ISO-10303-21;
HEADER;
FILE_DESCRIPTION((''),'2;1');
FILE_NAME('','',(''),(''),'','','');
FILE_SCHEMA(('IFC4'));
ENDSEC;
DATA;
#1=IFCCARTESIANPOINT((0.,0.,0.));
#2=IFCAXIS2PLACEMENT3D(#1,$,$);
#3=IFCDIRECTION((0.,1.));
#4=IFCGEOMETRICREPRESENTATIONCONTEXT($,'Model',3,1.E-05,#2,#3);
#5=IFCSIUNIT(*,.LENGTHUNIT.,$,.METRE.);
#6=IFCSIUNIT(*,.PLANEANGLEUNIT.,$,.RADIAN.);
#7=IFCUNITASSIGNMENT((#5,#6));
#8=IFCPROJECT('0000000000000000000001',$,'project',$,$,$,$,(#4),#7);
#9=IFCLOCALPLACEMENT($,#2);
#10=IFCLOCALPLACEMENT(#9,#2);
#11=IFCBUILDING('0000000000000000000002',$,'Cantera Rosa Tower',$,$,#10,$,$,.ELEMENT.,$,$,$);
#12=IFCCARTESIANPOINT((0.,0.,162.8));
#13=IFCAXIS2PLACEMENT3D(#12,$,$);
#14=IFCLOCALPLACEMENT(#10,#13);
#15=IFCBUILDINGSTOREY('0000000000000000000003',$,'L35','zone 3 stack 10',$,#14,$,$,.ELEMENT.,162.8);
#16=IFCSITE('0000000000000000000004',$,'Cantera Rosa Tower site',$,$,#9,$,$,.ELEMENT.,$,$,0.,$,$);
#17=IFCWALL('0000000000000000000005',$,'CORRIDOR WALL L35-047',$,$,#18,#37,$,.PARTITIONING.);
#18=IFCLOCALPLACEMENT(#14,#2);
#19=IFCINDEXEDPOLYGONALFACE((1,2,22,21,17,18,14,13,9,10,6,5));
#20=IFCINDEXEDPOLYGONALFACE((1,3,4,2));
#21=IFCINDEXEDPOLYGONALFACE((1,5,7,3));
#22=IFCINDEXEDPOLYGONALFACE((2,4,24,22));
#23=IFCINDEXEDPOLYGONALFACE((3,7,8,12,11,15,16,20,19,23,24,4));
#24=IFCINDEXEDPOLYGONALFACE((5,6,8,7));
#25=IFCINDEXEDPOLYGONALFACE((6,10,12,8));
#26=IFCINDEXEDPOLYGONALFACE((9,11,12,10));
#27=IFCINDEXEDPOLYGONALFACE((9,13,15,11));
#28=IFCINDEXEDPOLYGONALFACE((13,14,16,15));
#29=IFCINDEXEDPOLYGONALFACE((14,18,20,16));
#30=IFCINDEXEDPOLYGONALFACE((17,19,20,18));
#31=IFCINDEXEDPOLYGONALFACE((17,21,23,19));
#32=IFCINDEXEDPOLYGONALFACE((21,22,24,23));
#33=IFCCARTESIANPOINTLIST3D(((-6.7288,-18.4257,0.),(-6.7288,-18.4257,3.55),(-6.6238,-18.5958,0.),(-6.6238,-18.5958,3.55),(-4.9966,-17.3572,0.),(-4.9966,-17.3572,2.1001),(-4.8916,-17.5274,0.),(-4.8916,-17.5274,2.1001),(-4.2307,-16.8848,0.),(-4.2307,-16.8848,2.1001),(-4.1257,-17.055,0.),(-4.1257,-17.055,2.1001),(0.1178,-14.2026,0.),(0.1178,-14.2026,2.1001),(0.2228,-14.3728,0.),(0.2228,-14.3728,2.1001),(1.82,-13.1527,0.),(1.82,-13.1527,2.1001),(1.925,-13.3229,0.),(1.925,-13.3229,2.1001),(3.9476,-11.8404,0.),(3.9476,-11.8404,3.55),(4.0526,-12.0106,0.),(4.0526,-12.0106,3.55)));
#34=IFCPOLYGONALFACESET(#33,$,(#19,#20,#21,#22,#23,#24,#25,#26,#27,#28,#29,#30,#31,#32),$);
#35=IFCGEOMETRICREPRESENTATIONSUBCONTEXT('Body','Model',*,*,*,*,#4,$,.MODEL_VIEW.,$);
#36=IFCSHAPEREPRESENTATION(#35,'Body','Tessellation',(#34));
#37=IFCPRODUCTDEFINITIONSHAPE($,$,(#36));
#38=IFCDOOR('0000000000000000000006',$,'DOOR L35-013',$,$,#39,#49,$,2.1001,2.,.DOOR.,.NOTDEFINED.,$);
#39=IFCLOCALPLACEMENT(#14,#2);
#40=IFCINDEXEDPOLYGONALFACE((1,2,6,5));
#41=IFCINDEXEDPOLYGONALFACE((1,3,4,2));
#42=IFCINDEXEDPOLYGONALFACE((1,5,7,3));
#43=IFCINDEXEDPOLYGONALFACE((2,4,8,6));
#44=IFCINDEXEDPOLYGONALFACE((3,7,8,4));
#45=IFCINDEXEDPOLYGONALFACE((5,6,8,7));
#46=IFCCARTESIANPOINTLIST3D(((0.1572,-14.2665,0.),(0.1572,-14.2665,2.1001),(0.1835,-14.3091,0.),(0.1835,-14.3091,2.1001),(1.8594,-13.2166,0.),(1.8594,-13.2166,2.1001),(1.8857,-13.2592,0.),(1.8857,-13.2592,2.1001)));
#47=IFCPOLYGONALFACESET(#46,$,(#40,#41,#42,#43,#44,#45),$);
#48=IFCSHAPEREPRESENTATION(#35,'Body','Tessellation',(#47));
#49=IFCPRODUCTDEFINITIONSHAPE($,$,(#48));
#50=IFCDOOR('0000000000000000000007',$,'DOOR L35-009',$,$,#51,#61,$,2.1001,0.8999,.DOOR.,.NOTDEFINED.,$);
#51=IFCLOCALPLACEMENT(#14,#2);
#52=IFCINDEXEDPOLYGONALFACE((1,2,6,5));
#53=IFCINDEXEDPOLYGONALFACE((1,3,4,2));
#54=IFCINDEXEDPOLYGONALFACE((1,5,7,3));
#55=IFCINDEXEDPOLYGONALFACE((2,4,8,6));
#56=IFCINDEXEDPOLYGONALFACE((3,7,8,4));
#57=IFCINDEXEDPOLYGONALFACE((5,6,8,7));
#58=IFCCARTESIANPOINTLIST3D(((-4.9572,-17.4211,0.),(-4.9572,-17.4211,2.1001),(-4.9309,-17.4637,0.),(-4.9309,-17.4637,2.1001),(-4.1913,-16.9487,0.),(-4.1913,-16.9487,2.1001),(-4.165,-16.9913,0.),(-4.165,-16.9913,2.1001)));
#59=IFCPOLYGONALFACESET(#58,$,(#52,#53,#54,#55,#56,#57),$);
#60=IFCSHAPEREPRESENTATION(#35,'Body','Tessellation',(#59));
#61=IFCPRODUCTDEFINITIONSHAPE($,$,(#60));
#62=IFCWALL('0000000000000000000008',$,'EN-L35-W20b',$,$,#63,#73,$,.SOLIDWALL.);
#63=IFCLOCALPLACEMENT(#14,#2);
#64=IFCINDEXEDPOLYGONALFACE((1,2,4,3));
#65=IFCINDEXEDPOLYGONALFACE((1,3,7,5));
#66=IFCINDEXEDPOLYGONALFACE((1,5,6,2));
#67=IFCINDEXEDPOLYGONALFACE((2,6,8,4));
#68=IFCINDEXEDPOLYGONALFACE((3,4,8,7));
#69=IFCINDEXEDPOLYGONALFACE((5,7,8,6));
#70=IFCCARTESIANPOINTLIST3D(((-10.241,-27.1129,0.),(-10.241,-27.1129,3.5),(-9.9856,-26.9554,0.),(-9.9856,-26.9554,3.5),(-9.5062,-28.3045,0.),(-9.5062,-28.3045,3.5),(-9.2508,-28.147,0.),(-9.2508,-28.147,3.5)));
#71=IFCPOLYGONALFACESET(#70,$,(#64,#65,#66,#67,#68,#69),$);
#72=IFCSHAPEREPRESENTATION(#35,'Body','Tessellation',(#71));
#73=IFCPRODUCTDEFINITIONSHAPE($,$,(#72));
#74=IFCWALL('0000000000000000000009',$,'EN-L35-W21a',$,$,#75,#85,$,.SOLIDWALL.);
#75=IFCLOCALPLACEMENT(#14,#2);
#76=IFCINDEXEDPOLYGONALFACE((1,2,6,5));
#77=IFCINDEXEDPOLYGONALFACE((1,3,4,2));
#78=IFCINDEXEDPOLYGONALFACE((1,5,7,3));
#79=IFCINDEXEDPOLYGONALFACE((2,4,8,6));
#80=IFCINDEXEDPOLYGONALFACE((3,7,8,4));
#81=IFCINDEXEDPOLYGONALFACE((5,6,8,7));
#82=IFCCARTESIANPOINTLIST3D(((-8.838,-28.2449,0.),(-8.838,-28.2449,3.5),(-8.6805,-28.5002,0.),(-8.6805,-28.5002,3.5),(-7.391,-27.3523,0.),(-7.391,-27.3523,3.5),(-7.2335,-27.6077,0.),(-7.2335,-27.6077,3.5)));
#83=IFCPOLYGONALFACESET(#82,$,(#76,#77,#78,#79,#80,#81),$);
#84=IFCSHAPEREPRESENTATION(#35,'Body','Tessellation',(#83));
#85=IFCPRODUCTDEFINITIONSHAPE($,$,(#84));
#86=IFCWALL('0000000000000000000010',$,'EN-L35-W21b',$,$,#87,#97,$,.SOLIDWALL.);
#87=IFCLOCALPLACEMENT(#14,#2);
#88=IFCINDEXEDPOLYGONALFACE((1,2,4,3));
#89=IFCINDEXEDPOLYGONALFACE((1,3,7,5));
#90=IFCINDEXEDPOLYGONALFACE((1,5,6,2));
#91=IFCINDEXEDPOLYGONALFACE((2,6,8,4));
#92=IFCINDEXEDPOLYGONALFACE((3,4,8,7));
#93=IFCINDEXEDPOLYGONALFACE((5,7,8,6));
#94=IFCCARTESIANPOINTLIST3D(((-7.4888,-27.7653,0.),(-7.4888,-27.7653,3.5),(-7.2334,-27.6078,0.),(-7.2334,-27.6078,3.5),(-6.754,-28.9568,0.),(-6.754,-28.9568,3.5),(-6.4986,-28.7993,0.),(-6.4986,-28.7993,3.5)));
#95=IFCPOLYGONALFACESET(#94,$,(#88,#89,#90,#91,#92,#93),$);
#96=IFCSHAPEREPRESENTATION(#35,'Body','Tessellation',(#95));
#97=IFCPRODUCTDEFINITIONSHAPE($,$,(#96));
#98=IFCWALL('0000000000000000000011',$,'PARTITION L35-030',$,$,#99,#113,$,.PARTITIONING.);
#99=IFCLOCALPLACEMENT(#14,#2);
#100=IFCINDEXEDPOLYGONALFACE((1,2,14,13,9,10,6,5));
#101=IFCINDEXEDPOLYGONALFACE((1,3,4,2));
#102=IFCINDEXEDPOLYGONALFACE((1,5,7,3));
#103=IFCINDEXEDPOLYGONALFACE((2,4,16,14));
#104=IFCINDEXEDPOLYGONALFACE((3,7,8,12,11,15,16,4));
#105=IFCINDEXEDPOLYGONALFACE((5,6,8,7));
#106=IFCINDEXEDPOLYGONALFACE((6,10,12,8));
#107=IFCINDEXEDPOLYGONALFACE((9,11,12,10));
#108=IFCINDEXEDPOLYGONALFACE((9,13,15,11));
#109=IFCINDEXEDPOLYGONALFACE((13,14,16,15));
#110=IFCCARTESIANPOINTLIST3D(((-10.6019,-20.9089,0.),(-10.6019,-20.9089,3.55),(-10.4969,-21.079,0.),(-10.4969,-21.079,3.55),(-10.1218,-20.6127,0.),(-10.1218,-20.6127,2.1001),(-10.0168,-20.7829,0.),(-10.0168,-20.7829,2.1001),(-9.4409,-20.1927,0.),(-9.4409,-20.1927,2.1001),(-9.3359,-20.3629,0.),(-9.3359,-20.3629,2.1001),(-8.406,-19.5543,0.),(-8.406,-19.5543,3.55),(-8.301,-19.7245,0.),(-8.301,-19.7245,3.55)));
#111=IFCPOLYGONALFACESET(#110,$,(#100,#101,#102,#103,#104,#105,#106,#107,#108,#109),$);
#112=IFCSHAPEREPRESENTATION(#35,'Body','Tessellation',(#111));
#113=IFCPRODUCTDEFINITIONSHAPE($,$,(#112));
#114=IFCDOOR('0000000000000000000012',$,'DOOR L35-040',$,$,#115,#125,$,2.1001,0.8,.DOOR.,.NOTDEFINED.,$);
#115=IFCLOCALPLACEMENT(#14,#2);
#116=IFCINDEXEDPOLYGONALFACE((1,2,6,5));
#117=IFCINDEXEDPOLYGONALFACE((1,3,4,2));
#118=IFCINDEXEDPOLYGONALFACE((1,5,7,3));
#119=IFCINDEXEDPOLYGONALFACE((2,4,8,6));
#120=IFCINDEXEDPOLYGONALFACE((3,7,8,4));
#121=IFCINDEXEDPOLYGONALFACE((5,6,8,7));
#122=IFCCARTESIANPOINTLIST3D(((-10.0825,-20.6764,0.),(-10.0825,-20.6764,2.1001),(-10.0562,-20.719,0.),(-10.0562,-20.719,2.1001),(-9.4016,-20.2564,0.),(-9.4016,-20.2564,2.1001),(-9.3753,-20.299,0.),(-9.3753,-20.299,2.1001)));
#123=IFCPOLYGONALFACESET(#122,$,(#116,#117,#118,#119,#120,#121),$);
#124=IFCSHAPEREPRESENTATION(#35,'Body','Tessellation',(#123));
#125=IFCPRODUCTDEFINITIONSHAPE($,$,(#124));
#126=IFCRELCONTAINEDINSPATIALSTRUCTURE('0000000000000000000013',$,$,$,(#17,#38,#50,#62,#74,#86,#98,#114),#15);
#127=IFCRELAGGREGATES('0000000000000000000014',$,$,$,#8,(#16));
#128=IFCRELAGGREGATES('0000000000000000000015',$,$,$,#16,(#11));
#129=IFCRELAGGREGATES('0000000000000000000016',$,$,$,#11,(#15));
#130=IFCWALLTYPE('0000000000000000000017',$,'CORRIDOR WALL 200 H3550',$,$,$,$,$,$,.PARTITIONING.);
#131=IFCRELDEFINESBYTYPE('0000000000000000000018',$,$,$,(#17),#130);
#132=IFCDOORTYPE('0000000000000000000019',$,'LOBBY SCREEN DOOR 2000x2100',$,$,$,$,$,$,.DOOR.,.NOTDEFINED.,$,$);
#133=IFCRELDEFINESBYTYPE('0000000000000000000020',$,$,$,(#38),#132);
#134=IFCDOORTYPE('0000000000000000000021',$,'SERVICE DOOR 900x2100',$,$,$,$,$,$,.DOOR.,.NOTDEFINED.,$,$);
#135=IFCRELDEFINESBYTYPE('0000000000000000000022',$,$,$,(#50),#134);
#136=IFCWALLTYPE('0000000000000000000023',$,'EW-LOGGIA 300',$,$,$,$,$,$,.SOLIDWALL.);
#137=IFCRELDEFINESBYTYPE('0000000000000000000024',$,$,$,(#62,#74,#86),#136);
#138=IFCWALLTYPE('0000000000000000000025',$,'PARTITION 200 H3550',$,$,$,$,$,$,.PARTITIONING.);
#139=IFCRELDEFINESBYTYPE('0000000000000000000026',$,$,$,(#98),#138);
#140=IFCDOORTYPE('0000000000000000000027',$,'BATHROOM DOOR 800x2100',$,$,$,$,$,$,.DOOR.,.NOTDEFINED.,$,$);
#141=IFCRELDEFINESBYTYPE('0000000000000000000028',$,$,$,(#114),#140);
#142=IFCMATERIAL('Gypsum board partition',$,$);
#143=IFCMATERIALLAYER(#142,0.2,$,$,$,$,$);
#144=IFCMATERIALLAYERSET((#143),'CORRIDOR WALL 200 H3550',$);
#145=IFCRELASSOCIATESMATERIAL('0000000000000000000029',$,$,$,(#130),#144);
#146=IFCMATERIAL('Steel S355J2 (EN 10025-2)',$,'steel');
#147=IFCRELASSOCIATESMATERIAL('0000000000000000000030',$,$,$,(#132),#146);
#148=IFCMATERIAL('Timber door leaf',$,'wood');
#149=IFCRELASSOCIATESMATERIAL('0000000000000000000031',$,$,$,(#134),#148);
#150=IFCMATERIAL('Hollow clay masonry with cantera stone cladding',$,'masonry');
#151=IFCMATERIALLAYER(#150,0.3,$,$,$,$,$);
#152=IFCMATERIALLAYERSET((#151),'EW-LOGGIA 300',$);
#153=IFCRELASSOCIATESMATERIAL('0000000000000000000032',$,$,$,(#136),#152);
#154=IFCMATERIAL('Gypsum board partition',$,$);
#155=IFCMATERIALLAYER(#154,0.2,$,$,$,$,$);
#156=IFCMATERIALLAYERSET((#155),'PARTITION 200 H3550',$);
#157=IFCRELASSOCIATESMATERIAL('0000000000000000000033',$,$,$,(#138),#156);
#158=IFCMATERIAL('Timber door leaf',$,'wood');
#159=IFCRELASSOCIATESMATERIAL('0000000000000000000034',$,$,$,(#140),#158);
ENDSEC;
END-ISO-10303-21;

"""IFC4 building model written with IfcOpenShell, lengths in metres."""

from ifc_helpers import new_model, si_unit, direction, frame, frame_2d, origin, place, context, subcontext, project, spatial, rectangle, extrude, material, layer, layer_set, type_object, element, fill, save


model = new_model("IFC4")

# Units and contexts
model_context = context("Model", 3, precision=1e-05, world=origin(), true_north=direction((0.0, 1.0)))
body_context = subcontext(model_context, "Body", "Model", "MODEL_VIEW")
ifc_project = project(units=[si_unit("LENGTHUNIT", "METRE"), si_unit("PLANEANGLEUNIT", "RADIAN")], contexts=[model_context])

# Site, building, storey
site_placement = place(None, origin())
site = spatial("IfcSite", under=ifc_project, at=site_placement, Name="Cantera Rosa Tower site", CompositionType="ELEMENT", RefElevation=0.0)
building_placement = place(site_placement, origin())
building = spatial("IfcBuilding", under=site, at=building_placement, Name="Cantera Rosa Tower", CompositionType="ELEMENT")
storey_placement = place(building_placement, frame((0.0, 0.0, 162.8)))
storey = spatial("IfcBuildingStorey", under=building, at=storey_placement, Name="L35", Description="zone 3 stack 10", CompositionType="ELEMENT", Elevation=162.8)

# Wall, openings, doors
ifc_material_1 = material(Name="Gypsum board partition")
ifc_layer_1 = layer(ifc_material_1, 0.2)
ifc_layer_set_1 = layer_set([ifc_layer_1], Name="CORRIDOR WALL 200 H3550")
wall_type_1 = type_object("IfcWallType", Name="CORRIDOR WALL 200 H3550", PredefinedType="PARTITIONING", material=ifc_layer_set_1)
wall_1_placement = place(storey_placement, frame((-6.6763, -18.5107, 0.0), z_axis=(0.0, 0.0, 1.0), x_axis=(0.851117, 0.524976, 0.0)))
wall_1 = element("IfcWall", 1, at=wall_1_placement, inside=storey, type_object=wall_type_1, Name="CORRIDOR WALL L35-047", PredefinedType="PARTITIONING", context=body_context, shape_type="SweptSolid", body=[
    extrude(rectangle(XDim=12.5439, YDim=0.2, at=frame_2d((6.272, 0.0))), origin(), (0.0, 0.0, 1.0), 3.55),
])
opening_1_placement = place(wall_1_placement, frame((2.0352, 0.0, 0.0)))
opening_1 = element("IfcOpeningElement", 2, at=opening_1_placement, cuts=wall_1, PredefinedType="OPENING", context=body_context, shape_type="SweptSolid", body=[
    extrude(rectangle(XDim=0.8999, YDim=2.1001, at=frame_2d((0.45, 1.05))), frame((0.0, 0.1099, 0.0), z_axis=(0.0, -1.0, 0.0), x_axis=(1.0, 0.0, 0.0)), (0.0, 0.0, 1.0), 0.22),
])
opening_2_placement = place(wall_1_placement, frame((8.0442, 0.0, 0.0)))
opening_2 = element("IfcOpeningElement", 3, at=opening_2_placement, cuts=wall_1, PredefinedType="OPENING", context=body_context, shape_type="SweptSolid", body=[
    extrude(rectangle(XDim=2.0, YDim=2.1001, at=frame_2d((1.0, 1.05))), frame((0.0, 0.1099, 0.0), z_axis=(0.0, -1.0, 0.0), x_axis=(1.0, 0.0, 0.0)), (0.0, 0.0, 1.0), 0.22),
])
ifc_material_2 = material(Name="Steel S355J2 (EN 10025-2)", Category="steel")
door_type_1 = type_object("IfcDoorType", Name="LOBBY SCREEN DOOR 2000x2100", OperationType="NOTDEFINED", PredefinedType="DOOR", material=ifc_material_2)
door_1_placement = place(opening_2_placement, origin())
door_1 = element("IfcDoor", 4, at=door_1_placement, inside=storey, type_object=door_type_1, Name="DOOR L35-013", OperationType="NOTDEFINED", OverallHeight=2.1001, OverallWidth=2.0, PredefinedType="DOOR", context=body_context, shape_type="SweptSolid", body=[
    extrude(rectangle(XDim=2.0, YDim=2.1001, at=frame_2d((1.0, 1.05))), frame((0.0, 0.0249, 0.0), z_axis=(0.0, -1.0, 0.0), x_axis=(1.0, 0.0, 0.0)), (0.0, 0.0, 1.0), 0.05),
])
fill(opening_2, door_1)
ifc_material_3 = material(Name="Timber door leaf", Category="wood")
door_type_2 = type_object("IfcDoorType", Name="SERVICE DOOR 900x2100", OperationType="NOTDEFINED", PredefinedType="DOOR", material=ifc_material_3)
door_2_placement = place(opening_1_placement, origin())
door_2 = element("IfcDoor", 5, at=door_2_placement, inside=storey, type_object=door_type_2, Name="DOOR L35-009", OperationType="NOTDEFINED", OverallHeight=2.1001, OverallWidth=0.8999, PredefinedType="DOOR", context=body_context, shape_type="SweptSolid", body=[
    extrude(rectangle(XDim=0.8999, YDim=2.1001, at=frame_2d((0.45, 1.05))), frame((0.0, 0.0249, 0.0), z_axis=(0.0, -1.0, 0.0), x_axis=(1.0, 0.0, 0.0)), (0.0, 0.0, 1.0), 0.05),
])
fill(opening_1, door_2)

# Walls
ifc_material_4 = material(Name="Hollow clay masonry with cantera stone cladding", Category="masonry")
ifc_layer_2 = layer(ifc_material_4, 0.3)
ifc_layer_set_2 = layer_set([ifc_layer_2], Name="EW-LOGGIA 300")
wall_type_2 = type_object("IfcWallType", Name="EW-LOGGIA 300", PredefinedType="SOLIDWALL", material=ifc_layer_set_2)
wall_2_placement = place(storey_placement, frame((-10.1133, -27.0342, 0.0), z_axis=(0.0, 0.0, 1.0), x_axis=(0.524895, -0.851167, 0.0)))
element("IfcWall", 6, at=wall_2_placement, inside=storey, type_object=wall_type_2, Name="EN-L35-W20b", PredefinedType="SOLIDWALL", context=body_context, shape_type="SweptSolid", body=[
    extrude(rectangle(XDim=1.3999, YDim=0.3, at=frame_2d((0.7, 0.0))), origin(), (0.0, 0.0, 1.0), 3.5),
])
wall_3_placement = place(storey_placement, frame((-8.7593, -28.3726, 0.0), z_axis=(0.0, 0.0, 1.0), x_axis=(0.851106, 0.524994, 0.0)))
element("IfcWall", 7, at=wall_3_placement, inside=storey, type_object=wall_type_2, Name="EN-L35-W21a", PredefinedType="SOLIDWALL", context=body_context, shape_type="SweptSolid", body=[
    extrude(rectangle(XDim=1.7002, YDim=0.3, at=frame_2d((0.8501, 0.0))), origin(), (0.0, 0.0, 1.0), 3.5),
])
wall_4_placement = place(storey_placement, frame((-7.3611, -27.6865, 0.0), z_axis=(0.0, 0.0, 1.0), x_axis=(0.524895, -0.851167, 0.0)))
element("IfcWall", 8, at=wall_4_placement, inside=storey, type_object=wall_type_2, Name="EN-L35-W21b", PredefinedType="SOLIDWALL", context=body_context, shape_type="SweptSolid", body=[
    extrude(rectangle(XDim=1.3999, YDim=0.3, at=frame_2d((0.7, 0.0))), origin(), (0.0, 0.0, 1.0), 3.5),
])

# Wall, opening, door
ifc_material_5 = material(Name="Gypsum board partition")
ifc_layer_3 = layer(ifc_material_5, 0.2)
ifc_layer_set_3 = layer_set([ifc_layer_3], Name="PARTITION 200 H3550")
wall_type_3 = type_object("IfcWallType", Name="PARTITION 200 H3550", PredefinedType="PARTITIONING", material=ifc_layer_set_3)
wall_5_placement = place(storey_placement, frame((-8.3535, -19.6394, 0.0), z_axis=(0.0, 0.0, 1.0), x_axis=(-0.851099, -0.525005, 0.0)))
wall_5 = element("IfcWall", 9, at=wall_5_placement, inside=storey, type_object=wall_type_3, Name="PARTITION L35-030", PredefinedType="PARTITIONING", context=body_context, shape_type="SweptSolid", body=[
    extrude(rectangle(XDim=2.5801, YDim=0.2, at=frame_2d((1.29, 0.0))), origin(), (0.0, 0.0, 1.0), 3.55),
])
opening_3_placement = place(wall_5_placement, frame((1.2161, 0.0, 0.0)))
opening_3 = element("IfcOpeningElement", 10, at=opening_3_placement, cuts=wall_5, PredefinedType="OPENING", context=body_context, shape_type="SweptSolid", body=[
    extrude(rectangle(XDim=0.8, YDim=2.1001, at=frame_2d((0.3999, 1.05))), frame((0.0, 0.1099, 0.0), z_axis=(0.0, -1.0, 0.0), x_axis=(1.0, 0.0, 0.0)), (0.0, 0.0, 1.0), 0.22),
])
ifc_material_6 = material(Name="Timber door leaf", Category="wood")
door_type_3 = type_object("IfcDoorType", Name="BATHROOM DOOR 800x2100", OperationType="NOTDEFINED", PredefinedType="DOOR", material=ifc_material_6)
door_3_placement = place(opening_3_placement, origin())
door_3 = element("IfcDoor", 11, at=door_3_placement, inside=storey, type_object=door_type_3, Name="DOOR L35-040", OperationType="NOTDEFINED", OverallHeight=2.1001, OverallWidth=0.8, PredefinedType="DOOR", context=body_context, shape_type="SweptSolid", body=[
    extrude(rectangle(XDim=0.8, YDim=2.1001, at=frame_2d((0.3999, 1.05))), frame((0.0, 0.0249, 0.0), z_axis=(0.0, -1.0, 0.0), x_axis=(1.0, 0.0, 0.0)), (0.0, 0.0, 1.0), 0.05),
])
fill(opening_3, door_3)

save(model, "model.ifc")
